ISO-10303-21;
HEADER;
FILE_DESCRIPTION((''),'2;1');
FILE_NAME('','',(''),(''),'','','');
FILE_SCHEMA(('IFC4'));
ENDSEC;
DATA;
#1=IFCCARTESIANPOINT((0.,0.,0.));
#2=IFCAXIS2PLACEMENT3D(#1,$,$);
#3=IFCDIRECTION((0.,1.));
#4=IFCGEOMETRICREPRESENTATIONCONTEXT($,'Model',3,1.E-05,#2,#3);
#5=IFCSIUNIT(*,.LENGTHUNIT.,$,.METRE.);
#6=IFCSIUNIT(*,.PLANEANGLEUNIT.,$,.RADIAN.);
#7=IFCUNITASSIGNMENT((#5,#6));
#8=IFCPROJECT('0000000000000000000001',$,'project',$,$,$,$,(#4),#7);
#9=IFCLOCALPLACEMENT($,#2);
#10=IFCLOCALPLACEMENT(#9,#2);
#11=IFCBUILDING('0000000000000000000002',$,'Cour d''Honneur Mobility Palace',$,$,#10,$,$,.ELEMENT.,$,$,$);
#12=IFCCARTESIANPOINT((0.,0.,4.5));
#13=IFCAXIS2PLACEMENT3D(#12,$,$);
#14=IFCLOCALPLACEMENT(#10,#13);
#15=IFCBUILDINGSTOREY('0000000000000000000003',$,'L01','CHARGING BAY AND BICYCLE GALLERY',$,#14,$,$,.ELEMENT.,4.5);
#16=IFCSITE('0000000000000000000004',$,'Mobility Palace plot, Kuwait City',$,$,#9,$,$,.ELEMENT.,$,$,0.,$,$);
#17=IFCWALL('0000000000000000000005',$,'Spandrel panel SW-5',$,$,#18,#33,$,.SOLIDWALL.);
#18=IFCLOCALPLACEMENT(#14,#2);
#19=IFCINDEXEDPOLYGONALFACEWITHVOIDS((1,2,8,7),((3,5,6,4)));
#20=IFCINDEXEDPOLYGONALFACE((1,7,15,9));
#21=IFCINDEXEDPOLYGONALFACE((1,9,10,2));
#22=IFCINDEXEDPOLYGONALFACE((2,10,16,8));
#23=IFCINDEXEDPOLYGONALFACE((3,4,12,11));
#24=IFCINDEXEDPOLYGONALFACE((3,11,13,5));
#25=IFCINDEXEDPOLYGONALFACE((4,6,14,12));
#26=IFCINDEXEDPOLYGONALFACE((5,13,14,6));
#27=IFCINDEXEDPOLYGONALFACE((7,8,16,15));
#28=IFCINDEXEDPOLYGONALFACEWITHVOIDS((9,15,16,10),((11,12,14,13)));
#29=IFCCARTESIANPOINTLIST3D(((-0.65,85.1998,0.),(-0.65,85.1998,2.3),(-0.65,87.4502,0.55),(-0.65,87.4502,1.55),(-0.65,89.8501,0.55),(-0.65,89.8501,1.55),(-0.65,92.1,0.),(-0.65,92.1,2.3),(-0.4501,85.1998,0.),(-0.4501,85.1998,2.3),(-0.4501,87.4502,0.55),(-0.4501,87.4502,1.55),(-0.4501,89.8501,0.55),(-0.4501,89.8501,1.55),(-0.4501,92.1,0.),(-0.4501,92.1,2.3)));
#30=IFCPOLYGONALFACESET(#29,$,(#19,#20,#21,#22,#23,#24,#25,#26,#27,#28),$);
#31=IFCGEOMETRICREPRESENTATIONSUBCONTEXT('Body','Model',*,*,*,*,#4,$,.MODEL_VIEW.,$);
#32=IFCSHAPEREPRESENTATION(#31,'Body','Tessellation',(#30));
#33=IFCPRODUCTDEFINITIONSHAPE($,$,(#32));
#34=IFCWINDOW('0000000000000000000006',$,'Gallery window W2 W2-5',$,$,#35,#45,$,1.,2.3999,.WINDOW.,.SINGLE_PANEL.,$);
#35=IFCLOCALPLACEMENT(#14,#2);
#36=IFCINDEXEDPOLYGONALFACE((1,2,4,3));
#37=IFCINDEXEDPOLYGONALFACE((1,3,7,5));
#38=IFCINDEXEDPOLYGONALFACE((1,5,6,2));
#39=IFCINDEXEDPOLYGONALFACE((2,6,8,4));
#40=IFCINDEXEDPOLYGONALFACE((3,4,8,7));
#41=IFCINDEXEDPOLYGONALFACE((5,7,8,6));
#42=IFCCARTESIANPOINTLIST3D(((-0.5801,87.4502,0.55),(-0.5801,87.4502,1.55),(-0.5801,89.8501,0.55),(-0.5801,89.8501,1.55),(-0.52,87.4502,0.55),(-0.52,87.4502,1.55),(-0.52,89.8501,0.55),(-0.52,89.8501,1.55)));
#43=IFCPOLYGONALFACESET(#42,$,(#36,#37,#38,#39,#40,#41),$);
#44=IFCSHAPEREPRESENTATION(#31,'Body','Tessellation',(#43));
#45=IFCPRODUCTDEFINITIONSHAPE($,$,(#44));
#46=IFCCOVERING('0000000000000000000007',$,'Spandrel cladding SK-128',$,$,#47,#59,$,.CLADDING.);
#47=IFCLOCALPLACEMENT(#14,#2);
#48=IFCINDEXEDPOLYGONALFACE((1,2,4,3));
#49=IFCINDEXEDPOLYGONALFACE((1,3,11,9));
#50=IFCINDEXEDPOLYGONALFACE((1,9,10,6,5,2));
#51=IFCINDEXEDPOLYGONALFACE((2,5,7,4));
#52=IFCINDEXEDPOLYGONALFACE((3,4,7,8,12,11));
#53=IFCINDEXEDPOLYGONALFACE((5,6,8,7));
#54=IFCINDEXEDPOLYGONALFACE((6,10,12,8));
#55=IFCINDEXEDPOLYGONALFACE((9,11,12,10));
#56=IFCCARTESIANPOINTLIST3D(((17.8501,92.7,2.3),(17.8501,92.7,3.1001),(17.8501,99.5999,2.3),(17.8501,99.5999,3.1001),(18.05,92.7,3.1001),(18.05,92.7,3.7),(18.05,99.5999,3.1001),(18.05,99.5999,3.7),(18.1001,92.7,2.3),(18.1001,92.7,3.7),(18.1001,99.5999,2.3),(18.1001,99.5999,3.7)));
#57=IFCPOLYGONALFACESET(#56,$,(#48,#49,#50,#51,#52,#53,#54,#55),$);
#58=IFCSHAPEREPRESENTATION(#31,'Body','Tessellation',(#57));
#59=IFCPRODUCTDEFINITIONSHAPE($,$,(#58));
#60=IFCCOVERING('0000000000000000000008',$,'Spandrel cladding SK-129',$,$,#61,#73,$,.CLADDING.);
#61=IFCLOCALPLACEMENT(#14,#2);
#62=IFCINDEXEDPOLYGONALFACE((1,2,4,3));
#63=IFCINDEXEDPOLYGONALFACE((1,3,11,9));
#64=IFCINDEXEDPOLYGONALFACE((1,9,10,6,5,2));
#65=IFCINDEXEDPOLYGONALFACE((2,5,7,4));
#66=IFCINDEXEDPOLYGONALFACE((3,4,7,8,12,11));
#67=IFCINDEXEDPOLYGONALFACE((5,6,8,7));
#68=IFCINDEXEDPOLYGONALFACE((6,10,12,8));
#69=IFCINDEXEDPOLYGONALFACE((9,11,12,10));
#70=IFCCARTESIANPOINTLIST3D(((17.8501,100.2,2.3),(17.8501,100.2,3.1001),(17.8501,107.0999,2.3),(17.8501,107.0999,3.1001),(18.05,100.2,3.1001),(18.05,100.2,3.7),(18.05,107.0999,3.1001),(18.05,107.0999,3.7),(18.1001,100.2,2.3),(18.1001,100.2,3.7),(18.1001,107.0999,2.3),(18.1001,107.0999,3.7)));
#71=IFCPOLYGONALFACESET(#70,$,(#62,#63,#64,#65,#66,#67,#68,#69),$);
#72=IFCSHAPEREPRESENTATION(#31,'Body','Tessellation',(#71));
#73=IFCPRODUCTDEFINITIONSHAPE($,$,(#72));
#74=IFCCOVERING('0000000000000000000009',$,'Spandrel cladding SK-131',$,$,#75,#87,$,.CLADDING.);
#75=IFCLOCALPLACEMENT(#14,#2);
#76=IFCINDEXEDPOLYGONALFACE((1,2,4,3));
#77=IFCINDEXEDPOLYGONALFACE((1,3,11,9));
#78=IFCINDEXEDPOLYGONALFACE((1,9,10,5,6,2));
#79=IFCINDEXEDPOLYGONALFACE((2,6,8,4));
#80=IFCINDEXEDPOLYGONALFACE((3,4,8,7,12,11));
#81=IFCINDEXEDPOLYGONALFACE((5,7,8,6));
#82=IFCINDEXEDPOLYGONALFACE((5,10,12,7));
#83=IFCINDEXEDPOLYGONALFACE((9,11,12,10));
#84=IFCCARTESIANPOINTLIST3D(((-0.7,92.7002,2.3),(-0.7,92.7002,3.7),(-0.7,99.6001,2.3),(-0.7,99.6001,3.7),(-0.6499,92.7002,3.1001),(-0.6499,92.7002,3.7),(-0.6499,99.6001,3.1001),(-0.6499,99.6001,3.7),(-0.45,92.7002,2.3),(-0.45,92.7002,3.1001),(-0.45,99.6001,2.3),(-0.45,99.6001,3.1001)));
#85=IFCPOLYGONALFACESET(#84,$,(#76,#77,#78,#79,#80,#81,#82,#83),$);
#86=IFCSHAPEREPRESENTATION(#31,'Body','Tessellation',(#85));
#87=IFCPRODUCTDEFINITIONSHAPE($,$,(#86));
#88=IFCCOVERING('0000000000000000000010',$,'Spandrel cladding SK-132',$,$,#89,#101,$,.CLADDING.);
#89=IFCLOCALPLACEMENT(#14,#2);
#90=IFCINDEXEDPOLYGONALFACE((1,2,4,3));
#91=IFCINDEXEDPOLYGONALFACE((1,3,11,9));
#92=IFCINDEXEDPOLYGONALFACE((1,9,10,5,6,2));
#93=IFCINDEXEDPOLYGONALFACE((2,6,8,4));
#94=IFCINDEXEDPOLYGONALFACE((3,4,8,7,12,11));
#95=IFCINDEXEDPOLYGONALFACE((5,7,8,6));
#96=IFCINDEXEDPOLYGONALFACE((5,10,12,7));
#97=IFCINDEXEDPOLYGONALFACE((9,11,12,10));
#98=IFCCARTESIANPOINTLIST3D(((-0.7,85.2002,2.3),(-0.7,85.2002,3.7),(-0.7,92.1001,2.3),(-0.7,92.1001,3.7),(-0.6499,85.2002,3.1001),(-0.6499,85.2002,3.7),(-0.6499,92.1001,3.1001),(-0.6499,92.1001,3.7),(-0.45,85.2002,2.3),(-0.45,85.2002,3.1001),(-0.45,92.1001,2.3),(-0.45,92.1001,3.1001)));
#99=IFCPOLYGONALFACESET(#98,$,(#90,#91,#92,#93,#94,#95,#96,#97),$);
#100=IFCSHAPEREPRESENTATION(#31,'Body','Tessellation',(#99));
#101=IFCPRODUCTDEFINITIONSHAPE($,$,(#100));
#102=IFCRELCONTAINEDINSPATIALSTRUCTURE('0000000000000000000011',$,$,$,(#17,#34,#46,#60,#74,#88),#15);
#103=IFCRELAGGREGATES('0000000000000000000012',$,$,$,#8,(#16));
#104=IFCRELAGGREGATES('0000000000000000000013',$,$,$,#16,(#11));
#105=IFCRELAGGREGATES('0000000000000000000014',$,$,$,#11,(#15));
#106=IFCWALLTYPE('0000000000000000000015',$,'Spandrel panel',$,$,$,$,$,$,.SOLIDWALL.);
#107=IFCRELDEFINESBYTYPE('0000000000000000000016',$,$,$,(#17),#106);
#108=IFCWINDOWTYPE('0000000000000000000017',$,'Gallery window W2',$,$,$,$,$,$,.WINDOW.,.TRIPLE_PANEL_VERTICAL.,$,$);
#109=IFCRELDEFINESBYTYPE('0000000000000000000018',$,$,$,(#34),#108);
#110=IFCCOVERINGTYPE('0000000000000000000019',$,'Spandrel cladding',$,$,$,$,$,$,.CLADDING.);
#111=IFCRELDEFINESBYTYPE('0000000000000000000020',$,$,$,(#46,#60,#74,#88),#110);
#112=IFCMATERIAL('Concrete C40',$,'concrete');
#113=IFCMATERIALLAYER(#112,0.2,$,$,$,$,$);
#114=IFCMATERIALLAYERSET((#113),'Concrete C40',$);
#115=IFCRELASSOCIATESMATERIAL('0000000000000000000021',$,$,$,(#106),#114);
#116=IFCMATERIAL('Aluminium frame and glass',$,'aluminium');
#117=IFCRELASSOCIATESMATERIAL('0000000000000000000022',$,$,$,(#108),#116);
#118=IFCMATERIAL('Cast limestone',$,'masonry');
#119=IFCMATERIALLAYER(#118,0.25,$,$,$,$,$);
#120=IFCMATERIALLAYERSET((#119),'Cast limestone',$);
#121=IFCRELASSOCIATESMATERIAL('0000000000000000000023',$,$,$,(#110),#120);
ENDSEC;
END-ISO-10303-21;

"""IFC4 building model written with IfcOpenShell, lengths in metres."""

from ifc_helpers import new_model, si_unit, direction, frame, frame_2d, origin, place, context, subcontext, project, spatial, polyline, rectangle, outline, extrude, material, layer, layer_set, type_object, element, fill, save


model = new_model("IFC4")

# Units and contexts
model_context = context("Model", 3, precision=1e-05, world=origin(), true_north=direction((0.0, 1.0)))
body_context = subcontext(model_context, "Body", "Model", "MODEL_VIEW")
ifc_project = project(units=[si_unit("LENGTHUNIT", "METRE"), si_unit("PLANEANGLEUNIT", "RADIAN")], contexts=[model_context])

# Site, building, storey
site_placement = place(None, origin())
site = spatial("IfcSite", under=ifc_project, at=site_placement, Name="Mobility Palace plot, Kuwait City", CompositionType="ELEMENT", RefElevation=0.0)
building_placement = place(site_placement, origin())
building = spatial("IfcBuilding", under=site, at=building_placement, Name="Cour d'Honneur Mobility Palace", CompositionType="ELEMENT")
storey_placement = place(building_placement, frame((0.0, 0.0, 4.5)))
storey = spatial("IfcBuildingStorey", under=building, at=storey_placement, Name="L01", Description="CHARGING BAY AND BICYCLE GALLERY", CompositionType="ELEMENT", Elevation=4.5)

# Wall, opening, window
ifc_material_1 = material(Name="Concrete C40", Category="concrete")
ifc_layer_1 = layer(ifc_material_1, 0.2)
ifc_layer_set_1 = layer_set([ifc_layer_1], Name="Concrete C40")
wall_type_1 = type_object("IfcWallType", Name="Spandrel panel", PredefinedType="SOLIDWALL", material=ifc_layer_set_1)
ifc_material_2 = material(Name="Aluminium frame and glass", Category="aluminium")
window_type = type_object("IfcWindowType", Name="Gallery window W2", PartitioningType="TRIPLE_PANEL_VERTICAL", PredefinedType="WINDOW", material=ifc_material_2)
wall_1_placement = place(storey_placement, frame((-0.55, 92.1001, 0.0), z_axis=(0.0, 0.0, 1.0), x_axis=(0.0, -1.0, 0.0)))
wall_1 = element("IfcWall", 1, at=wall_1_placement, inside=storey, type_object=wall_type_1, Name="Spandrel panel SW-5", PredefinedType="SOLIDWALL", context=body_context, shape_type="SweptSolid", body=[
    extrude(rectangle(XDim=6.9001, YDim=0.2, at=frame_2d((3.4502, 0.0))), origin(), (0.0, 0.0, 1.0), 2.3),
])
opening_1_placement = place(wall_1_placement, frame((2.25, 0.0, 0.55)))
opening_1 = element("IfcOpeningElement", 2, at=opening_1_placement, cuts=wall_1, PredefinedType="OPENING", context=body_context, shape_type="SweptSolid", body=[
    extrude(rectangle(XDim=2.3999, YDim=1.0, at=frame_2d((1.2, 0.5))), frame((0.0, 0.1099, 0.0), z_axis=(0.0, -1.0, 0.0), x_axis=(1.0, 0.0, 0.0)), (0.0, 0.0, 1.0), 0.22),
])
window_1_placement = place(opening_1_placement, origin())
window_1 = element("IfcWindow", 3, at=window_1_placement, inside=storey, type_object=window_type, Name="Gallery window W2 W2-5", OverallHeight=1.0, OverallWidth=2.3999, PartitioningType="SINGLE_PANEL", PredefinedType="WINDOW", context=body_context, shape_type="SweptSolid", body=[
    extrude(rectangle(XDim=2.3999, YDim=1.0, at=frame_2d((1.2, 0.5))), frame((0.0, 0.03, 0.0), z_axis=(0.0, -1.0, 0.0), x_axis=(1.0, 0.0, 0.0)), (0.0, 0.0, 1.0), 0.0601),
])
fill(opening_1, window_1)

# Coverings
ifc_material_3 = material(Name="Cast limestone", Category="masonry")
ifc_layer_2 = layer(ifc_material_3, 0.25)
ifc_layer_set_2 = layer_set([ifc_layer_2], Name="Cast limestone")
covering_type = type_object("IfcCoveringType", Name="Spandrel cladding", PredefinedType="CLADDING", material=ifc_layer_set_2)
for number, where, z_axis, x_axis, name in (
    (4, (17.8501, 92.7, 2.3), (0.0, -1.0, 0.0), (1.0, 0.0, 0.0), "Spandrel cladding SK-128"),
    (5, (17.8501, 100.2, 2.3), (0.0, -1.0, 0.0), (1.0, 0.0, 0.0), "Spandrel cladding SK-129"),
    (6, (-0.45, 99.6001, 2.3), (0.0, 1.0, 0.0), (-1.0, 0.0, 0.0), "Spandrel cladding SK-131"),
    (7, (-0.45, 92.1001, 2.3), (0.0, 1.0, 0.0), (-1.0, 0.0, 0.0), "Spandrel cladding SK-132"),
):
    element("IfcCovering", number, at=place(storey_placement, frame(where, z_axis=z_axis, x_axis=x_axis)), inside=storey, type_object=covering_type, Name=name, PredefinedType="CLADDING", context=body_context, shape_type="SweptSolid", body=[
        extrude(outline(polyline([(0.0, 0.0), (0.25, 0.0), (0.25, 1.3999), (0.2, 1.3999), (0.2, 0.8), (0.0, 0.8), (0.0, 0.0)])), origin(), (0.0, 0.0, -1.0), 6.8999),
    ])

save(model, "model.ifc")
